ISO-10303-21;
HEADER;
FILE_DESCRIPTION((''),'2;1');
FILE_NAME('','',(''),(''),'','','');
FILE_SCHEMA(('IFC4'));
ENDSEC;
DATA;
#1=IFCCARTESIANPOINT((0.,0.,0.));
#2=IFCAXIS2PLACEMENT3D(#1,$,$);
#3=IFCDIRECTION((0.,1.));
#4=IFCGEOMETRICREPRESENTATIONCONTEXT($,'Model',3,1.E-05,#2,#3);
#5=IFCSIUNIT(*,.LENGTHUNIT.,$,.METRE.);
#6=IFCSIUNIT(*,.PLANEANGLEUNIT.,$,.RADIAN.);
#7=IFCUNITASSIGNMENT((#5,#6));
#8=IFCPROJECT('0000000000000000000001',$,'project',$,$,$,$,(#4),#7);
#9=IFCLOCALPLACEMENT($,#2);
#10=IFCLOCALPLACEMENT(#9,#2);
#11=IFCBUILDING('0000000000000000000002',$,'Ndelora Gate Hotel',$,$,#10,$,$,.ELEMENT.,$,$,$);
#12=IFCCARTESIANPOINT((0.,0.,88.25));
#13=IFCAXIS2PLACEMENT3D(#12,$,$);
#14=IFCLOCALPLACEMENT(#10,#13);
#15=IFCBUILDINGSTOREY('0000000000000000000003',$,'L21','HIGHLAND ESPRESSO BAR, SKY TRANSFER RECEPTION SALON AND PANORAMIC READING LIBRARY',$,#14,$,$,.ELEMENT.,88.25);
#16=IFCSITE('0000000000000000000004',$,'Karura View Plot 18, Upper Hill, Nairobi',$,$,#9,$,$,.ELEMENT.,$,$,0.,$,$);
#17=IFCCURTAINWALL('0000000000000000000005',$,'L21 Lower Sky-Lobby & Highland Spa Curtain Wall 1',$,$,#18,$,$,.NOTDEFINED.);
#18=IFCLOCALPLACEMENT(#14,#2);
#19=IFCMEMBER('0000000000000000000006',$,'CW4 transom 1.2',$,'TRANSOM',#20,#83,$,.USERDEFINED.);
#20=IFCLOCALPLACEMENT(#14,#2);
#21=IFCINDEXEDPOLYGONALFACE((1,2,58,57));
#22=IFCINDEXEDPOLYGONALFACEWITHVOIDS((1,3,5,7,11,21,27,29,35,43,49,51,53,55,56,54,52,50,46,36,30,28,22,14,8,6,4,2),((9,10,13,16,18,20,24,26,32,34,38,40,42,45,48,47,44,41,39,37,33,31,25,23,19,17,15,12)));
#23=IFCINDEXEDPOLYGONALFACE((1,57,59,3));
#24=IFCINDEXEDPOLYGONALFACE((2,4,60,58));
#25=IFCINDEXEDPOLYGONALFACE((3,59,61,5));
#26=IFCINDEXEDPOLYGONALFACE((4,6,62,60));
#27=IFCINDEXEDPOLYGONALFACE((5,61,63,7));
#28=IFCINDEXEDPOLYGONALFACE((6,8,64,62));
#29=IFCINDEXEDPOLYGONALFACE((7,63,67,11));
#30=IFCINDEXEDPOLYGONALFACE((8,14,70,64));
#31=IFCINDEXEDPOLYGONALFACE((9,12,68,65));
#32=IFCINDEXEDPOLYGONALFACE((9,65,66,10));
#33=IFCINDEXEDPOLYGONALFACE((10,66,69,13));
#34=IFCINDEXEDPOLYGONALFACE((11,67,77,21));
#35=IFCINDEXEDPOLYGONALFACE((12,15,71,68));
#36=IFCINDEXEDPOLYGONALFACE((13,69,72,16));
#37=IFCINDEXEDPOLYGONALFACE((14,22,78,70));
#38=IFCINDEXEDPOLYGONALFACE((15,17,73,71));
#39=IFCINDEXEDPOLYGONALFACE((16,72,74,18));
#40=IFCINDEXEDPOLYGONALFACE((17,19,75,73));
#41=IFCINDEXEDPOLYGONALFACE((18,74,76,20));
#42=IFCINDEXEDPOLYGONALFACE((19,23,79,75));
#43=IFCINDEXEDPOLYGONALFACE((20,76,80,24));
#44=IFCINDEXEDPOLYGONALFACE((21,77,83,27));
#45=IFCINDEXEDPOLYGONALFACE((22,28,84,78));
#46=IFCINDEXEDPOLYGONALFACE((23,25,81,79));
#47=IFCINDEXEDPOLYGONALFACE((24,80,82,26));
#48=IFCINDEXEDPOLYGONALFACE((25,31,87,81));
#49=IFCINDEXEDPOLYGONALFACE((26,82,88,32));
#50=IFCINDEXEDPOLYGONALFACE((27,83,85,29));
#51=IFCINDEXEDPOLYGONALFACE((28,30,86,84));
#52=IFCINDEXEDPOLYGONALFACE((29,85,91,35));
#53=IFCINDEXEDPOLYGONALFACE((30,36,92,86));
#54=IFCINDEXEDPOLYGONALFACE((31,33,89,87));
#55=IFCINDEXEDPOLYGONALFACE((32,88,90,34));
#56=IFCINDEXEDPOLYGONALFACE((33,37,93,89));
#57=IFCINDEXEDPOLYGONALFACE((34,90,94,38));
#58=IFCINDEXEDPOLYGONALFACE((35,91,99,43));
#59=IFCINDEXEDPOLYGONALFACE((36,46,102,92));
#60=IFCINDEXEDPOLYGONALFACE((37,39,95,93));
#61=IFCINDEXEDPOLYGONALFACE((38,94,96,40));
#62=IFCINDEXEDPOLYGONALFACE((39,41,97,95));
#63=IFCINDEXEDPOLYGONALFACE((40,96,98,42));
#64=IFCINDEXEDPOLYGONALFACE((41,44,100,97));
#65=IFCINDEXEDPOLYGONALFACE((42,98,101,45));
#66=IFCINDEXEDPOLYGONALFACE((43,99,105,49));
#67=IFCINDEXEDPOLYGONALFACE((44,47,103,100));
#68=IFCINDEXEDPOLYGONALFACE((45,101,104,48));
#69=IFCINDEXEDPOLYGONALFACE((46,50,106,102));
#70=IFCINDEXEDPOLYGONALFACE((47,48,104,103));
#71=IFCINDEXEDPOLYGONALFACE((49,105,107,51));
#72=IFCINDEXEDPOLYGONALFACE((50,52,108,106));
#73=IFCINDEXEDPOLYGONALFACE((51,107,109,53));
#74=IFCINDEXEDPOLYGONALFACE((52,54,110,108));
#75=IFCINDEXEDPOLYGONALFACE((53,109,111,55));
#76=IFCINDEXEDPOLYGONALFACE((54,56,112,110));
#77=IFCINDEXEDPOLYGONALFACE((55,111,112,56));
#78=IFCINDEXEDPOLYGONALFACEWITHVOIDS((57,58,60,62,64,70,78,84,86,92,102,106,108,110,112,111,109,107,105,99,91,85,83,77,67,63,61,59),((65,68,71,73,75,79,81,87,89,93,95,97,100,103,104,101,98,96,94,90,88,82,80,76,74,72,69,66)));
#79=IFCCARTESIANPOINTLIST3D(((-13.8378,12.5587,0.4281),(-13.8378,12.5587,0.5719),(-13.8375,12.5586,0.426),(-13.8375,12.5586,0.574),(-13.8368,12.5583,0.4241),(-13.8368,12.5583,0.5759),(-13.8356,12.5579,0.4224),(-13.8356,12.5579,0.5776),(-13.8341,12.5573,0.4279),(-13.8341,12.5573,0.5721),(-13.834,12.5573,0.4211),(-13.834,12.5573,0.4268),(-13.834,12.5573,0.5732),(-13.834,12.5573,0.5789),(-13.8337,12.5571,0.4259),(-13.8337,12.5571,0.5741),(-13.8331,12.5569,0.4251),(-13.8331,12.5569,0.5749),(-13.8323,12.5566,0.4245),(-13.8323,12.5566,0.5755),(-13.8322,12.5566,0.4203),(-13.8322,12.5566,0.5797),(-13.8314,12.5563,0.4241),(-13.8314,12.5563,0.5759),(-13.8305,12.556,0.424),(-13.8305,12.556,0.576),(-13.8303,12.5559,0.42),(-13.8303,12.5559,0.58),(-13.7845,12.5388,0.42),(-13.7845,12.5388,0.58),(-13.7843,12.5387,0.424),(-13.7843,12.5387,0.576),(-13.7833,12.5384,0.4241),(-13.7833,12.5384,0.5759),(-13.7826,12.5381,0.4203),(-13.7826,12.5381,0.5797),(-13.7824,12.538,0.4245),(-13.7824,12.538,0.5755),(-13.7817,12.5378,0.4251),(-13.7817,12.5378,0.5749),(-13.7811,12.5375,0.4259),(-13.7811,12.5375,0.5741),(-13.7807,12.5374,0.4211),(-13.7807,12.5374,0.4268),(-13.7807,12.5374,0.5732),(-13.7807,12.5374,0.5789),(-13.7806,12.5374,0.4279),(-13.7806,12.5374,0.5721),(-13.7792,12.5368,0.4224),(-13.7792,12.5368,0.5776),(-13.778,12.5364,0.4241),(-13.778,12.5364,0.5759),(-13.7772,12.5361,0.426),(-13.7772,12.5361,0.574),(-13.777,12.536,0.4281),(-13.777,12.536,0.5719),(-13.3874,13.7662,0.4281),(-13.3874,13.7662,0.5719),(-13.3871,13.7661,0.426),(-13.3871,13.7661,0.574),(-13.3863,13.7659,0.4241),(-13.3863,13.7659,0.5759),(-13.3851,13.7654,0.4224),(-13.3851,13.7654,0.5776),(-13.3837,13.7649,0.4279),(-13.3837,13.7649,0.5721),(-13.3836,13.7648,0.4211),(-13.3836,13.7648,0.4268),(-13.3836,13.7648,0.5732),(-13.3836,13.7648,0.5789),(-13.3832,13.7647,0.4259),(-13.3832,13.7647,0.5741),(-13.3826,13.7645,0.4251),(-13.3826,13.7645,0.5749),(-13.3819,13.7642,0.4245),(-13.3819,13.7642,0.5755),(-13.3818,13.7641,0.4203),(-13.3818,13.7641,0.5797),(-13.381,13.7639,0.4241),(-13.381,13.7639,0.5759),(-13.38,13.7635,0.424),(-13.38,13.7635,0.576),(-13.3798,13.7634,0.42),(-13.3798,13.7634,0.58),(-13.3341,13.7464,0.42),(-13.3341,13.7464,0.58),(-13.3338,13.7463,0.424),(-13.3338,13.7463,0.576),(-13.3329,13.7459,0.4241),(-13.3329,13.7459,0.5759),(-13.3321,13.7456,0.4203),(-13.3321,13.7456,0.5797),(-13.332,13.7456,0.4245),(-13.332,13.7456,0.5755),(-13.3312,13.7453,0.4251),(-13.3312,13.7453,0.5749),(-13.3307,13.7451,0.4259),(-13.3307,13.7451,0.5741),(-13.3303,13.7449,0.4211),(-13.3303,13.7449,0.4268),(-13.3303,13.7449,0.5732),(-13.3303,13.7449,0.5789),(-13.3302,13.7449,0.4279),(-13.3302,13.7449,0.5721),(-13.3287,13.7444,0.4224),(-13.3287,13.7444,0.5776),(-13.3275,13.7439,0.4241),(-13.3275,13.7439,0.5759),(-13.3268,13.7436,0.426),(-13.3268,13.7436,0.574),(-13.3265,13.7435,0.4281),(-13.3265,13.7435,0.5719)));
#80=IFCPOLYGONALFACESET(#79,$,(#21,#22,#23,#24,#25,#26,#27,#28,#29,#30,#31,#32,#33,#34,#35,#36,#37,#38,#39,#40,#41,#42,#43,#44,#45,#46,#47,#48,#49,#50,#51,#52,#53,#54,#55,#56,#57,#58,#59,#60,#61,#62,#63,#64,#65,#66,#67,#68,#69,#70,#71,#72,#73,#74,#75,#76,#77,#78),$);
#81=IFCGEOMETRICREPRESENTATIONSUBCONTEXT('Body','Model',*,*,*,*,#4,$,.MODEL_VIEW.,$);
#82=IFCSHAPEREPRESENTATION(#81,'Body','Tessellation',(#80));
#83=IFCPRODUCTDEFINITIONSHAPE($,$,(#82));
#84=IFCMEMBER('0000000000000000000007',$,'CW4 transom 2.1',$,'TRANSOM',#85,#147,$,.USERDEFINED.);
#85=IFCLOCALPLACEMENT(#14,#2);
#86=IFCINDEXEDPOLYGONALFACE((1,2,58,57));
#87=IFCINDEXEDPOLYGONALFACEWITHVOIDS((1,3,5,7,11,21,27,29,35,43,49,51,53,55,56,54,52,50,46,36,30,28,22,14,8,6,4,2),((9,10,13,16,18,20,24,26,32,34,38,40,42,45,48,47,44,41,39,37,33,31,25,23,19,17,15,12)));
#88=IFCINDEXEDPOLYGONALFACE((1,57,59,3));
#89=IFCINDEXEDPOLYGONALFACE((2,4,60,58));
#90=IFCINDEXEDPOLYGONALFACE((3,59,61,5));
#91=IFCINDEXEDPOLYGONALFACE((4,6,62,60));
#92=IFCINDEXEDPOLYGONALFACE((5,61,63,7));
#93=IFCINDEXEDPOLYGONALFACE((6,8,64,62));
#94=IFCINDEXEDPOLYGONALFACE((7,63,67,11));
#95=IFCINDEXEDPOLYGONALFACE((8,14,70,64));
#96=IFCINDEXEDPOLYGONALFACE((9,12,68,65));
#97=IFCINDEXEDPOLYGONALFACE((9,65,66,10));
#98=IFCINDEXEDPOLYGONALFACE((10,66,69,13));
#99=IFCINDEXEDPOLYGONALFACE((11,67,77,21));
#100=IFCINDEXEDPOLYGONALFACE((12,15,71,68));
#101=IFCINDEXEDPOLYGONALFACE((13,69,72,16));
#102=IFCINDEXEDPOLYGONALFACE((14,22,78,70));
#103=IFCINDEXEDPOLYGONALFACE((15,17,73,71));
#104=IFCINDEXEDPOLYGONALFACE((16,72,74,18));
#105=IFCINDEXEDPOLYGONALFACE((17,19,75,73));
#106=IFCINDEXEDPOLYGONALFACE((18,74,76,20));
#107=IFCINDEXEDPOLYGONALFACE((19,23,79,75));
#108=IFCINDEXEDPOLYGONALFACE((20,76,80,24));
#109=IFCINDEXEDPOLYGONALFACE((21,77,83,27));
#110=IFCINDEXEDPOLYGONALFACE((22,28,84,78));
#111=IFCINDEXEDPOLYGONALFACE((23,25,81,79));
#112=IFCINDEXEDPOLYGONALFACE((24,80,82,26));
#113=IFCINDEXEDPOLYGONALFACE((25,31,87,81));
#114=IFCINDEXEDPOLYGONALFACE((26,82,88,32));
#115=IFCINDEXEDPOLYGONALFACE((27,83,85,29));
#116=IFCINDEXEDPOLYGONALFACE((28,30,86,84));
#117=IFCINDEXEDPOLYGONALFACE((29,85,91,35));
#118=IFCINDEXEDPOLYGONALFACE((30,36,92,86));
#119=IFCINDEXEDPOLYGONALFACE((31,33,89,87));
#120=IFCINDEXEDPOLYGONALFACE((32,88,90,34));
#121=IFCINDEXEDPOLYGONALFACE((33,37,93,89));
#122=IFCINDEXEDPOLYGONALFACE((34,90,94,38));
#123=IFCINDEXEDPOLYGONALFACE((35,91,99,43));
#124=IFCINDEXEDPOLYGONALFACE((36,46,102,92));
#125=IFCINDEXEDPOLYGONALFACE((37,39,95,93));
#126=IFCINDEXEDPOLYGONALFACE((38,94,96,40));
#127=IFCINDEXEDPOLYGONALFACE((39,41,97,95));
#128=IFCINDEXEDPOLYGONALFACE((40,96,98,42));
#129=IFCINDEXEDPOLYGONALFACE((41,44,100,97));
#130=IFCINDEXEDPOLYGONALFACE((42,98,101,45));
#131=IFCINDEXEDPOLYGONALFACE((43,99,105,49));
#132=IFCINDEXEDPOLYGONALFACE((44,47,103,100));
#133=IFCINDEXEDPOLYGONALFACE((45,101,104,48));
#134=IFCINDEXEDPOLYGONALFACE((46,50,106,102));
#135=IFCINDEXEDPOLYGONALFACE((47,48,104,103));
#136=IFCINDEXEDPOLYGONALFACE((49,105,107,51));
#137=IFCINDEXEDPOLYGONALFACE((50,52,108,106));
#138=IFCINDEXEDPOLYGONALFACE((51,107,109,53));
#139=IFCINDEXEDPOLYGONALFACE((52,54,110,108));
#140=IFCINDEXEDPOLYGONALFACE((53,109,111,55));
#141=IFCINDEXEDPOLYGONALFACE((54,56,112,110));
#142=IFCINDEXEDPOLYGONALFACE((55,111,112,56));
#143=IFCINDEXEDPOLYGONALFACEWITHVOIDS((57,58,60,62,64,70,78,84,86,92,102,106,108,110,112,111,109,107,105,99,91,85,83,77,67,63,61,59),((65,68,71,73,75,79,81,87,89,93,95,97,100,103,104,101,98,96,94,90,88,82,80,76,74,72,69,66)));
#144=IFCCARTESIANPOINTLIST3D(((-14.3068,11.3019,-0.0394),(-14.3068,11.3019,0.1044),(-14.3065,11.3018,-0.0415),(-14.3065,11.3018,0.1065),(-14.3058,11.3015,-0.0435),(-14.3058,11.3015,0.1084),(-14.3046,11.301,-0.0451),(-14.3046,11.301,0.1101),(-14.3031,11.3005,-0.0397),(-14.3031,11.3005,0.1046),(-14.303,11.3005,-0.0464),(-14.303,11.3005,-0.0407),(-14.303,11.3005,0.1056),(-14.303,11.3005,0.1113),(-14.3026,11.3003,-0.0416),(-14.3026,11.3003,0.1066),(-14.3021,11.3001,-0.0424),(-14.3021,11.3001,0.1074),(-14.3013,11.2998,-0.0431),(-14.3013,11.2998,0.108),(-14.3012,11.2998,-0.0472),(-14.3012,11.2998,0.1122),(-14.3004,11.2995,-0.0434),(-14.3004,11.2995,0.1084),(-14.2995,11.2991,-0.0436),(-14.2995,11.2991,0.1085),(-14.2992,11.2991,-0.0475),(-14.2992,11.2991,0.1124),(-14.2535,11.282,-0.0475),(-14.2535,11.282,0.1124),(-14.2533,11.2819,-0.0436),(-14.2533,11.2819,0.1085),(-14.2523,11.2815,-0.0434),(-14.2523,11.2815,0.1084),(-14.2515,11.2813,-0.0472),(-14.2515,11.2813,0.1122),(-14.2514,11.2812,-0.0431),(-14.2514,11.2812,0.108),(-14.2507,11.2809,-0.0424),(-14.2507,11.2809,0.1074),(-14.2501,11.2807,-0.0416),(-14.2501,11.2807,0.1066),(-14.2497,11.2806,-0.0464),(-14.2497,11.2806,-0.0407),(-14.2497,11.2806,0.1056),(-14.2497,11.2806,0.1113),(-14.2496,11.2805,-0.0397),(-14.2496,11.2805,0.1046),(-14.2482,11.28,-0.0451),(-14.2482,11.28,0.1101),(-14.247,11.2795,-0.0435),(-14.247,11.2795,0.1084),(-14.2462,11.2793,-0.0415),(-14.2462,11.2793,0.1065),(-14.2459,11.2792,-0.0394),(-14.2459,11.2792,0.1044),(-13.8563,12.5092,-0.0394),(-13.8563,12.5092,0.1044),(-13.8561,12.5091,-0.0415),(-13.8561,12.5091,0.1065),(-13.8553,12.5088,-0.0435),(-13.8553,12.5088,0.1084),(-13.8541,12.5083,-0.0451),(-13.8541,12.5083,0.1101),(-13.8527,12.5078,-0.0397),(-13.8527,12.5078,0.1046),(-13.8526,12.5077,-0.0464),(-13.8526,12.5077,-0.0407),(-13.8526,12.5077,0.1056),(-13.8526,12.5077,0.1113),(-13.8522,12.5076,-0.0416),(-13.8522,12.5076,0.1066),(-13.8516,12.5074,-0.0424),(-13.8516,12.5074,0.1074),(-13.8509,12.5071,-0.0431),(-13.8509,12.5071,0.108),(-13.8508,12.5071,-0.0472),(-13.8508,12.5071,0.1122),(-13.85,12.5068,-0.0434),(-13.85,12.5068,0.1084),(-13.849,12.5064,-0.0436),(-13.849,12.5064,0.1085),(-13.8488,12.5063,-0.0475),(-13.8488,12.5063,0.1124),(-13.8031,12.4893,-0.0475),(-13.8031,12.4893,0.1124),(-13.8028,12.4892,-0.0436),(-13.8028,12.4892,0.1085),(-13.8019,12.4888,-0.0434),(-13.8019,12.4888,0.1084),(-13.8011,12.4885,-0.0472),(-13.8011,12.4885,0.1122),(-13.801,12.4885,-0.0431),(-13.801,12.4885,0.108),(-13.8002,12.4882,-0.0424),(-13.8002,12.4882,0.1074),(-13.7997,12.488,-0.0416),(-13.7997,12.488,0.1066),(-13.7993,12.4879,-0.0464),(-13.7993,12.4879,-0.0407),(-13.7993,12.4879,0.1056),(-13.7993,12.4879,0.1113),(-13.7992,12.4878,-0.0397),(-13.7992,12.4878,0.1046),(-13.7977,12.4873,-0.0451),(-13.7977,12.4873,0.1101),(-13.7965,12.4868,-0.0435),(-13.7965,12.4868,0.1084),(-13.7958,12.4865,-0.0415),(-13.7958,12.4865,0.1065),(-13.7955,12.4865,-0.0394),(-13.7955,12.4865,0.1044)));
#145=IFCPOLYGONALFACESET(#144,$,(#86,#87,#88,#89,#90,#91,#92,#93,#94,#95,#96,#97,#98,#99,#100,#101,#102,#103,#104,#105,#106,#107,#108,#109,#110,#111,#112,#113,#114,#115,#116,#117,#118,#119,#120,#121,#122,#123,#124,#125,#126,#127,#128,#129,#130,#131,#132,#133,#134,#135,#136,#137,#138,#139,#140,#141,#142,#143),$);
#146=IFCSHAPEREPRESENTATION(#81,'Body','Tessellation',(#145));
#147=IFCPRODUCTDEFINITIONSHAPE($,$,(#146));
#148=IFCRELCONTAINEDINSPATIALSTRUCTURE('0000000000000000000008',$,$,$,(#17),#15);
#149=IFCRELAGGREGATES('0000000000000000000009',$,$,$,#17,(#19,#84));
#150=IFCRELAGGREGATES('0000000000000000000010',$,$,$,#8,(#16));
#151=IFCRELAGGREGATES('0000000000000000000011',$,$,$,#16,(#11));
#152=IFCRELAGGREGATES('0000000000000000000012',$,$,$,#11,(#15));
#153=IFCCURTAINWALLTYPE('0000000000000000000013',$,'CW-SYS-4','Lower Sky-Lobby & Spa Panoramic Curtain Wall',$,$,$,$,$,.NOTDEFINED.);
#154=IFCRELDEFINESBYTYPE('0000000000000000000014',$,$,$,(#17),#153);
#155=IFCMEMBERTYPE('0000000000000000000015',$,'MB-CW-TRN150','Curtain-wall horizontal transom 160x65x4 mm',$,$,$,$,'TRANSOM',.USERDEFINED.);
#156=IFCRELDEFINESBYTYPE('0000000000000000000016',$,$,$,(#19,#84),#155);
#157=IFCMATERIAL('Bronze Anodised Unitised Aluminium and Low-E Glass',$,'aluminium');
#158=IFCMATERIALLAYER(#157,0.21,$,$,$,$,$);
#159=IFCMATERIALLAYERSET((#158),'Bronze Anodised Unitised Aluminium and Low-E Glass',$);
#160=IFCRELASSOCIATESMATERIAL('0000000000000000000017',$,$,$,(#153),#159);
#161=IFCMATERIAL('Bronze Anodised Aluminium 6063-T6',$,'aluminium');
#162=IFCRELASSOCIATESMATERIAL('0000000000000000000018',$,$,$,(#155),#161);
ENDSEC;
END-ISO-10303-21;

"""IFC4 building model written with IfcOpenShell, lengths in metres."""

from ifc_helpers import new_model, si_unit, direction, frame, origin, origin_2d, place, context, subcontext, project, spatial, hollow_rectangle, extrude, material, layer, layer_set, material_profile, profile_set, type_object, element, aggregate, save


model = new_model("IFC4")

# Units and contexts
model_context = context("Model", 3, precision=1e-05, world=origin(), true_north=direction((0.0, 1.0)))
body_context = subcontext(model_context, "Body", "Model", "MODEL_VIEW")
ifc_project = project(units=[si_unit("LENGTHUNIT", "METRE"), si_unit("PLANEANGLEUNIT", "RADIAN")], contexts=[model_context])

# Site, building, storey
site_placement = place(None, origin())
site = spatial("IfcSite", under=ifc_project, at=site_placement, Name="Karura View Plot 18, Upper Hill, Nairobi", CompositionType="ELEMENT", RefElevation=0.0)
building_placement = place(site_placement, origin())
building = spatial("IfcBuilding", under=site, at=building_placement, Name="Ndelora Gate Hotel", CompositionType="ELEMENT")
storey_placement = place(building_placement, frame((0.0, 0.0, 88.25)))
storey = spatial("IfcBuildingStorey", under=building, at=storey_placement, Name="L21", Description="HIGHLAND ESPRESSO BAR, SKY TRANSFER RECEPTION SALON AND PANORAMIC READING LIBRARY", CompositionType="ELEMENT", Elevation=88.25)

# Curtain wall, members
ifc_material_1 = material(Name="Bronze Anodised Unitised Aluminium and Low-E Glass", Category="aluminium")
ifc_layer_1 = layer(ifc_material_1, 0.21)
ifc_layer_set_1 = layer_set([ifc_layer_1], Name="Bronze Anodised Unitised Aluminium and Low-E Glass")
curtain_wall_type = type_object("IfcCurtainWallType", Name="CW-SYS-4", Description="Lower Sky-Lobby & Spa Panoramic Curtain Wall", PredefinedType="NOTDEFINED", material=ifc_layer_set_1)
curtain_wall_placement = place(storey_placement, origin())
curtain_wall = element("IfcCurtainWall", 1, at=curtain_wall_placement, inside=storey, type_object=curtain_wall_type, Name="L21 Lower Sky-Lobby & Highland Spa Curtain Wall 1", PredefinedType="NOTDEFINED")
ifc_material_2 = material(Name="Bronze Anodised Aluminium 6063-T6", Category="aluminium")
ifc_material_profile_1 = material_profile(ifc_material_2, hollow_rectangle(XDim=0.0649, YDim=0.1599, WallThickness=0.0039, InnerFilletRadius=0.0039, OuterFilletRadius=0.0081, at=origin_2d()), Name="ALU 160x65x4")
ifc_profile_set_1 = profile_set([ifc_material_profile_1], Name="Bronze Anodised Aluminium 6063-T6")
member_type_1 = type_object("IfcMemberType", Name="MB-CW-TRN150", Description="Curtain-wall horizontal transom 160x65x4 mm", ElementType="TRANSOM", PredefinedType="USERDEFINED", material=ifc_profile_set_1)
member_1_placement = place(storey_placement, frame((-13.3569, 13.7549, 0.5), z_axis=(-0.349504, -0.936935, 0.0), x_axis=(0.936935, -0.349504, 0.0)))
member_1 = element("IfcMember", 2, at=member_1_placement, type_object=member_type_1, Name="CW4 transom 1.2", ObjectType="TRANSOM", PredefinedType="USERDEFINED", context=body_context, shape_type="SweptSolid", body=[
    extrude(hollow_rectangle(XDim=0.0649, YDim=0.1599, WallThickness=0.0039, InnerFilletRadius=0.0039, OuterFilletRadius=0.0081, at=origin_2d()), origin(), (0.0, 0.0, 1.0), 1.2888),
])
member_2_placement = place(storey_placement, frame((-13.8259, 12.4978, 0.0325), z_axis=(-0.349566, -0.936912, 0.0), x_axis=(0.936912, -0.349566, 0.0)))
member_2 = element("IfcMember", 3, at=member_2_placement, type_object=member_type_1, Name="CW4 transom 2.1", ObjectType="TRANSOM", PredefinedType="USERDEFINED", context=body_context, shape_type="SweptSolid", body=[
    extrude(hollow_rectangle(XDim=0.0649, YDim=0.1599, WallThickness=0.0039, InnerFilletRadius=0.0039, OuterFilletRadius=0.0081, at=origin_2d()), origin(), (0.0, 0.0, 1.0), 1.2886),
])
aggregate(curtain_wall, [member_1, member_2])

save(model, "model.ifc")
